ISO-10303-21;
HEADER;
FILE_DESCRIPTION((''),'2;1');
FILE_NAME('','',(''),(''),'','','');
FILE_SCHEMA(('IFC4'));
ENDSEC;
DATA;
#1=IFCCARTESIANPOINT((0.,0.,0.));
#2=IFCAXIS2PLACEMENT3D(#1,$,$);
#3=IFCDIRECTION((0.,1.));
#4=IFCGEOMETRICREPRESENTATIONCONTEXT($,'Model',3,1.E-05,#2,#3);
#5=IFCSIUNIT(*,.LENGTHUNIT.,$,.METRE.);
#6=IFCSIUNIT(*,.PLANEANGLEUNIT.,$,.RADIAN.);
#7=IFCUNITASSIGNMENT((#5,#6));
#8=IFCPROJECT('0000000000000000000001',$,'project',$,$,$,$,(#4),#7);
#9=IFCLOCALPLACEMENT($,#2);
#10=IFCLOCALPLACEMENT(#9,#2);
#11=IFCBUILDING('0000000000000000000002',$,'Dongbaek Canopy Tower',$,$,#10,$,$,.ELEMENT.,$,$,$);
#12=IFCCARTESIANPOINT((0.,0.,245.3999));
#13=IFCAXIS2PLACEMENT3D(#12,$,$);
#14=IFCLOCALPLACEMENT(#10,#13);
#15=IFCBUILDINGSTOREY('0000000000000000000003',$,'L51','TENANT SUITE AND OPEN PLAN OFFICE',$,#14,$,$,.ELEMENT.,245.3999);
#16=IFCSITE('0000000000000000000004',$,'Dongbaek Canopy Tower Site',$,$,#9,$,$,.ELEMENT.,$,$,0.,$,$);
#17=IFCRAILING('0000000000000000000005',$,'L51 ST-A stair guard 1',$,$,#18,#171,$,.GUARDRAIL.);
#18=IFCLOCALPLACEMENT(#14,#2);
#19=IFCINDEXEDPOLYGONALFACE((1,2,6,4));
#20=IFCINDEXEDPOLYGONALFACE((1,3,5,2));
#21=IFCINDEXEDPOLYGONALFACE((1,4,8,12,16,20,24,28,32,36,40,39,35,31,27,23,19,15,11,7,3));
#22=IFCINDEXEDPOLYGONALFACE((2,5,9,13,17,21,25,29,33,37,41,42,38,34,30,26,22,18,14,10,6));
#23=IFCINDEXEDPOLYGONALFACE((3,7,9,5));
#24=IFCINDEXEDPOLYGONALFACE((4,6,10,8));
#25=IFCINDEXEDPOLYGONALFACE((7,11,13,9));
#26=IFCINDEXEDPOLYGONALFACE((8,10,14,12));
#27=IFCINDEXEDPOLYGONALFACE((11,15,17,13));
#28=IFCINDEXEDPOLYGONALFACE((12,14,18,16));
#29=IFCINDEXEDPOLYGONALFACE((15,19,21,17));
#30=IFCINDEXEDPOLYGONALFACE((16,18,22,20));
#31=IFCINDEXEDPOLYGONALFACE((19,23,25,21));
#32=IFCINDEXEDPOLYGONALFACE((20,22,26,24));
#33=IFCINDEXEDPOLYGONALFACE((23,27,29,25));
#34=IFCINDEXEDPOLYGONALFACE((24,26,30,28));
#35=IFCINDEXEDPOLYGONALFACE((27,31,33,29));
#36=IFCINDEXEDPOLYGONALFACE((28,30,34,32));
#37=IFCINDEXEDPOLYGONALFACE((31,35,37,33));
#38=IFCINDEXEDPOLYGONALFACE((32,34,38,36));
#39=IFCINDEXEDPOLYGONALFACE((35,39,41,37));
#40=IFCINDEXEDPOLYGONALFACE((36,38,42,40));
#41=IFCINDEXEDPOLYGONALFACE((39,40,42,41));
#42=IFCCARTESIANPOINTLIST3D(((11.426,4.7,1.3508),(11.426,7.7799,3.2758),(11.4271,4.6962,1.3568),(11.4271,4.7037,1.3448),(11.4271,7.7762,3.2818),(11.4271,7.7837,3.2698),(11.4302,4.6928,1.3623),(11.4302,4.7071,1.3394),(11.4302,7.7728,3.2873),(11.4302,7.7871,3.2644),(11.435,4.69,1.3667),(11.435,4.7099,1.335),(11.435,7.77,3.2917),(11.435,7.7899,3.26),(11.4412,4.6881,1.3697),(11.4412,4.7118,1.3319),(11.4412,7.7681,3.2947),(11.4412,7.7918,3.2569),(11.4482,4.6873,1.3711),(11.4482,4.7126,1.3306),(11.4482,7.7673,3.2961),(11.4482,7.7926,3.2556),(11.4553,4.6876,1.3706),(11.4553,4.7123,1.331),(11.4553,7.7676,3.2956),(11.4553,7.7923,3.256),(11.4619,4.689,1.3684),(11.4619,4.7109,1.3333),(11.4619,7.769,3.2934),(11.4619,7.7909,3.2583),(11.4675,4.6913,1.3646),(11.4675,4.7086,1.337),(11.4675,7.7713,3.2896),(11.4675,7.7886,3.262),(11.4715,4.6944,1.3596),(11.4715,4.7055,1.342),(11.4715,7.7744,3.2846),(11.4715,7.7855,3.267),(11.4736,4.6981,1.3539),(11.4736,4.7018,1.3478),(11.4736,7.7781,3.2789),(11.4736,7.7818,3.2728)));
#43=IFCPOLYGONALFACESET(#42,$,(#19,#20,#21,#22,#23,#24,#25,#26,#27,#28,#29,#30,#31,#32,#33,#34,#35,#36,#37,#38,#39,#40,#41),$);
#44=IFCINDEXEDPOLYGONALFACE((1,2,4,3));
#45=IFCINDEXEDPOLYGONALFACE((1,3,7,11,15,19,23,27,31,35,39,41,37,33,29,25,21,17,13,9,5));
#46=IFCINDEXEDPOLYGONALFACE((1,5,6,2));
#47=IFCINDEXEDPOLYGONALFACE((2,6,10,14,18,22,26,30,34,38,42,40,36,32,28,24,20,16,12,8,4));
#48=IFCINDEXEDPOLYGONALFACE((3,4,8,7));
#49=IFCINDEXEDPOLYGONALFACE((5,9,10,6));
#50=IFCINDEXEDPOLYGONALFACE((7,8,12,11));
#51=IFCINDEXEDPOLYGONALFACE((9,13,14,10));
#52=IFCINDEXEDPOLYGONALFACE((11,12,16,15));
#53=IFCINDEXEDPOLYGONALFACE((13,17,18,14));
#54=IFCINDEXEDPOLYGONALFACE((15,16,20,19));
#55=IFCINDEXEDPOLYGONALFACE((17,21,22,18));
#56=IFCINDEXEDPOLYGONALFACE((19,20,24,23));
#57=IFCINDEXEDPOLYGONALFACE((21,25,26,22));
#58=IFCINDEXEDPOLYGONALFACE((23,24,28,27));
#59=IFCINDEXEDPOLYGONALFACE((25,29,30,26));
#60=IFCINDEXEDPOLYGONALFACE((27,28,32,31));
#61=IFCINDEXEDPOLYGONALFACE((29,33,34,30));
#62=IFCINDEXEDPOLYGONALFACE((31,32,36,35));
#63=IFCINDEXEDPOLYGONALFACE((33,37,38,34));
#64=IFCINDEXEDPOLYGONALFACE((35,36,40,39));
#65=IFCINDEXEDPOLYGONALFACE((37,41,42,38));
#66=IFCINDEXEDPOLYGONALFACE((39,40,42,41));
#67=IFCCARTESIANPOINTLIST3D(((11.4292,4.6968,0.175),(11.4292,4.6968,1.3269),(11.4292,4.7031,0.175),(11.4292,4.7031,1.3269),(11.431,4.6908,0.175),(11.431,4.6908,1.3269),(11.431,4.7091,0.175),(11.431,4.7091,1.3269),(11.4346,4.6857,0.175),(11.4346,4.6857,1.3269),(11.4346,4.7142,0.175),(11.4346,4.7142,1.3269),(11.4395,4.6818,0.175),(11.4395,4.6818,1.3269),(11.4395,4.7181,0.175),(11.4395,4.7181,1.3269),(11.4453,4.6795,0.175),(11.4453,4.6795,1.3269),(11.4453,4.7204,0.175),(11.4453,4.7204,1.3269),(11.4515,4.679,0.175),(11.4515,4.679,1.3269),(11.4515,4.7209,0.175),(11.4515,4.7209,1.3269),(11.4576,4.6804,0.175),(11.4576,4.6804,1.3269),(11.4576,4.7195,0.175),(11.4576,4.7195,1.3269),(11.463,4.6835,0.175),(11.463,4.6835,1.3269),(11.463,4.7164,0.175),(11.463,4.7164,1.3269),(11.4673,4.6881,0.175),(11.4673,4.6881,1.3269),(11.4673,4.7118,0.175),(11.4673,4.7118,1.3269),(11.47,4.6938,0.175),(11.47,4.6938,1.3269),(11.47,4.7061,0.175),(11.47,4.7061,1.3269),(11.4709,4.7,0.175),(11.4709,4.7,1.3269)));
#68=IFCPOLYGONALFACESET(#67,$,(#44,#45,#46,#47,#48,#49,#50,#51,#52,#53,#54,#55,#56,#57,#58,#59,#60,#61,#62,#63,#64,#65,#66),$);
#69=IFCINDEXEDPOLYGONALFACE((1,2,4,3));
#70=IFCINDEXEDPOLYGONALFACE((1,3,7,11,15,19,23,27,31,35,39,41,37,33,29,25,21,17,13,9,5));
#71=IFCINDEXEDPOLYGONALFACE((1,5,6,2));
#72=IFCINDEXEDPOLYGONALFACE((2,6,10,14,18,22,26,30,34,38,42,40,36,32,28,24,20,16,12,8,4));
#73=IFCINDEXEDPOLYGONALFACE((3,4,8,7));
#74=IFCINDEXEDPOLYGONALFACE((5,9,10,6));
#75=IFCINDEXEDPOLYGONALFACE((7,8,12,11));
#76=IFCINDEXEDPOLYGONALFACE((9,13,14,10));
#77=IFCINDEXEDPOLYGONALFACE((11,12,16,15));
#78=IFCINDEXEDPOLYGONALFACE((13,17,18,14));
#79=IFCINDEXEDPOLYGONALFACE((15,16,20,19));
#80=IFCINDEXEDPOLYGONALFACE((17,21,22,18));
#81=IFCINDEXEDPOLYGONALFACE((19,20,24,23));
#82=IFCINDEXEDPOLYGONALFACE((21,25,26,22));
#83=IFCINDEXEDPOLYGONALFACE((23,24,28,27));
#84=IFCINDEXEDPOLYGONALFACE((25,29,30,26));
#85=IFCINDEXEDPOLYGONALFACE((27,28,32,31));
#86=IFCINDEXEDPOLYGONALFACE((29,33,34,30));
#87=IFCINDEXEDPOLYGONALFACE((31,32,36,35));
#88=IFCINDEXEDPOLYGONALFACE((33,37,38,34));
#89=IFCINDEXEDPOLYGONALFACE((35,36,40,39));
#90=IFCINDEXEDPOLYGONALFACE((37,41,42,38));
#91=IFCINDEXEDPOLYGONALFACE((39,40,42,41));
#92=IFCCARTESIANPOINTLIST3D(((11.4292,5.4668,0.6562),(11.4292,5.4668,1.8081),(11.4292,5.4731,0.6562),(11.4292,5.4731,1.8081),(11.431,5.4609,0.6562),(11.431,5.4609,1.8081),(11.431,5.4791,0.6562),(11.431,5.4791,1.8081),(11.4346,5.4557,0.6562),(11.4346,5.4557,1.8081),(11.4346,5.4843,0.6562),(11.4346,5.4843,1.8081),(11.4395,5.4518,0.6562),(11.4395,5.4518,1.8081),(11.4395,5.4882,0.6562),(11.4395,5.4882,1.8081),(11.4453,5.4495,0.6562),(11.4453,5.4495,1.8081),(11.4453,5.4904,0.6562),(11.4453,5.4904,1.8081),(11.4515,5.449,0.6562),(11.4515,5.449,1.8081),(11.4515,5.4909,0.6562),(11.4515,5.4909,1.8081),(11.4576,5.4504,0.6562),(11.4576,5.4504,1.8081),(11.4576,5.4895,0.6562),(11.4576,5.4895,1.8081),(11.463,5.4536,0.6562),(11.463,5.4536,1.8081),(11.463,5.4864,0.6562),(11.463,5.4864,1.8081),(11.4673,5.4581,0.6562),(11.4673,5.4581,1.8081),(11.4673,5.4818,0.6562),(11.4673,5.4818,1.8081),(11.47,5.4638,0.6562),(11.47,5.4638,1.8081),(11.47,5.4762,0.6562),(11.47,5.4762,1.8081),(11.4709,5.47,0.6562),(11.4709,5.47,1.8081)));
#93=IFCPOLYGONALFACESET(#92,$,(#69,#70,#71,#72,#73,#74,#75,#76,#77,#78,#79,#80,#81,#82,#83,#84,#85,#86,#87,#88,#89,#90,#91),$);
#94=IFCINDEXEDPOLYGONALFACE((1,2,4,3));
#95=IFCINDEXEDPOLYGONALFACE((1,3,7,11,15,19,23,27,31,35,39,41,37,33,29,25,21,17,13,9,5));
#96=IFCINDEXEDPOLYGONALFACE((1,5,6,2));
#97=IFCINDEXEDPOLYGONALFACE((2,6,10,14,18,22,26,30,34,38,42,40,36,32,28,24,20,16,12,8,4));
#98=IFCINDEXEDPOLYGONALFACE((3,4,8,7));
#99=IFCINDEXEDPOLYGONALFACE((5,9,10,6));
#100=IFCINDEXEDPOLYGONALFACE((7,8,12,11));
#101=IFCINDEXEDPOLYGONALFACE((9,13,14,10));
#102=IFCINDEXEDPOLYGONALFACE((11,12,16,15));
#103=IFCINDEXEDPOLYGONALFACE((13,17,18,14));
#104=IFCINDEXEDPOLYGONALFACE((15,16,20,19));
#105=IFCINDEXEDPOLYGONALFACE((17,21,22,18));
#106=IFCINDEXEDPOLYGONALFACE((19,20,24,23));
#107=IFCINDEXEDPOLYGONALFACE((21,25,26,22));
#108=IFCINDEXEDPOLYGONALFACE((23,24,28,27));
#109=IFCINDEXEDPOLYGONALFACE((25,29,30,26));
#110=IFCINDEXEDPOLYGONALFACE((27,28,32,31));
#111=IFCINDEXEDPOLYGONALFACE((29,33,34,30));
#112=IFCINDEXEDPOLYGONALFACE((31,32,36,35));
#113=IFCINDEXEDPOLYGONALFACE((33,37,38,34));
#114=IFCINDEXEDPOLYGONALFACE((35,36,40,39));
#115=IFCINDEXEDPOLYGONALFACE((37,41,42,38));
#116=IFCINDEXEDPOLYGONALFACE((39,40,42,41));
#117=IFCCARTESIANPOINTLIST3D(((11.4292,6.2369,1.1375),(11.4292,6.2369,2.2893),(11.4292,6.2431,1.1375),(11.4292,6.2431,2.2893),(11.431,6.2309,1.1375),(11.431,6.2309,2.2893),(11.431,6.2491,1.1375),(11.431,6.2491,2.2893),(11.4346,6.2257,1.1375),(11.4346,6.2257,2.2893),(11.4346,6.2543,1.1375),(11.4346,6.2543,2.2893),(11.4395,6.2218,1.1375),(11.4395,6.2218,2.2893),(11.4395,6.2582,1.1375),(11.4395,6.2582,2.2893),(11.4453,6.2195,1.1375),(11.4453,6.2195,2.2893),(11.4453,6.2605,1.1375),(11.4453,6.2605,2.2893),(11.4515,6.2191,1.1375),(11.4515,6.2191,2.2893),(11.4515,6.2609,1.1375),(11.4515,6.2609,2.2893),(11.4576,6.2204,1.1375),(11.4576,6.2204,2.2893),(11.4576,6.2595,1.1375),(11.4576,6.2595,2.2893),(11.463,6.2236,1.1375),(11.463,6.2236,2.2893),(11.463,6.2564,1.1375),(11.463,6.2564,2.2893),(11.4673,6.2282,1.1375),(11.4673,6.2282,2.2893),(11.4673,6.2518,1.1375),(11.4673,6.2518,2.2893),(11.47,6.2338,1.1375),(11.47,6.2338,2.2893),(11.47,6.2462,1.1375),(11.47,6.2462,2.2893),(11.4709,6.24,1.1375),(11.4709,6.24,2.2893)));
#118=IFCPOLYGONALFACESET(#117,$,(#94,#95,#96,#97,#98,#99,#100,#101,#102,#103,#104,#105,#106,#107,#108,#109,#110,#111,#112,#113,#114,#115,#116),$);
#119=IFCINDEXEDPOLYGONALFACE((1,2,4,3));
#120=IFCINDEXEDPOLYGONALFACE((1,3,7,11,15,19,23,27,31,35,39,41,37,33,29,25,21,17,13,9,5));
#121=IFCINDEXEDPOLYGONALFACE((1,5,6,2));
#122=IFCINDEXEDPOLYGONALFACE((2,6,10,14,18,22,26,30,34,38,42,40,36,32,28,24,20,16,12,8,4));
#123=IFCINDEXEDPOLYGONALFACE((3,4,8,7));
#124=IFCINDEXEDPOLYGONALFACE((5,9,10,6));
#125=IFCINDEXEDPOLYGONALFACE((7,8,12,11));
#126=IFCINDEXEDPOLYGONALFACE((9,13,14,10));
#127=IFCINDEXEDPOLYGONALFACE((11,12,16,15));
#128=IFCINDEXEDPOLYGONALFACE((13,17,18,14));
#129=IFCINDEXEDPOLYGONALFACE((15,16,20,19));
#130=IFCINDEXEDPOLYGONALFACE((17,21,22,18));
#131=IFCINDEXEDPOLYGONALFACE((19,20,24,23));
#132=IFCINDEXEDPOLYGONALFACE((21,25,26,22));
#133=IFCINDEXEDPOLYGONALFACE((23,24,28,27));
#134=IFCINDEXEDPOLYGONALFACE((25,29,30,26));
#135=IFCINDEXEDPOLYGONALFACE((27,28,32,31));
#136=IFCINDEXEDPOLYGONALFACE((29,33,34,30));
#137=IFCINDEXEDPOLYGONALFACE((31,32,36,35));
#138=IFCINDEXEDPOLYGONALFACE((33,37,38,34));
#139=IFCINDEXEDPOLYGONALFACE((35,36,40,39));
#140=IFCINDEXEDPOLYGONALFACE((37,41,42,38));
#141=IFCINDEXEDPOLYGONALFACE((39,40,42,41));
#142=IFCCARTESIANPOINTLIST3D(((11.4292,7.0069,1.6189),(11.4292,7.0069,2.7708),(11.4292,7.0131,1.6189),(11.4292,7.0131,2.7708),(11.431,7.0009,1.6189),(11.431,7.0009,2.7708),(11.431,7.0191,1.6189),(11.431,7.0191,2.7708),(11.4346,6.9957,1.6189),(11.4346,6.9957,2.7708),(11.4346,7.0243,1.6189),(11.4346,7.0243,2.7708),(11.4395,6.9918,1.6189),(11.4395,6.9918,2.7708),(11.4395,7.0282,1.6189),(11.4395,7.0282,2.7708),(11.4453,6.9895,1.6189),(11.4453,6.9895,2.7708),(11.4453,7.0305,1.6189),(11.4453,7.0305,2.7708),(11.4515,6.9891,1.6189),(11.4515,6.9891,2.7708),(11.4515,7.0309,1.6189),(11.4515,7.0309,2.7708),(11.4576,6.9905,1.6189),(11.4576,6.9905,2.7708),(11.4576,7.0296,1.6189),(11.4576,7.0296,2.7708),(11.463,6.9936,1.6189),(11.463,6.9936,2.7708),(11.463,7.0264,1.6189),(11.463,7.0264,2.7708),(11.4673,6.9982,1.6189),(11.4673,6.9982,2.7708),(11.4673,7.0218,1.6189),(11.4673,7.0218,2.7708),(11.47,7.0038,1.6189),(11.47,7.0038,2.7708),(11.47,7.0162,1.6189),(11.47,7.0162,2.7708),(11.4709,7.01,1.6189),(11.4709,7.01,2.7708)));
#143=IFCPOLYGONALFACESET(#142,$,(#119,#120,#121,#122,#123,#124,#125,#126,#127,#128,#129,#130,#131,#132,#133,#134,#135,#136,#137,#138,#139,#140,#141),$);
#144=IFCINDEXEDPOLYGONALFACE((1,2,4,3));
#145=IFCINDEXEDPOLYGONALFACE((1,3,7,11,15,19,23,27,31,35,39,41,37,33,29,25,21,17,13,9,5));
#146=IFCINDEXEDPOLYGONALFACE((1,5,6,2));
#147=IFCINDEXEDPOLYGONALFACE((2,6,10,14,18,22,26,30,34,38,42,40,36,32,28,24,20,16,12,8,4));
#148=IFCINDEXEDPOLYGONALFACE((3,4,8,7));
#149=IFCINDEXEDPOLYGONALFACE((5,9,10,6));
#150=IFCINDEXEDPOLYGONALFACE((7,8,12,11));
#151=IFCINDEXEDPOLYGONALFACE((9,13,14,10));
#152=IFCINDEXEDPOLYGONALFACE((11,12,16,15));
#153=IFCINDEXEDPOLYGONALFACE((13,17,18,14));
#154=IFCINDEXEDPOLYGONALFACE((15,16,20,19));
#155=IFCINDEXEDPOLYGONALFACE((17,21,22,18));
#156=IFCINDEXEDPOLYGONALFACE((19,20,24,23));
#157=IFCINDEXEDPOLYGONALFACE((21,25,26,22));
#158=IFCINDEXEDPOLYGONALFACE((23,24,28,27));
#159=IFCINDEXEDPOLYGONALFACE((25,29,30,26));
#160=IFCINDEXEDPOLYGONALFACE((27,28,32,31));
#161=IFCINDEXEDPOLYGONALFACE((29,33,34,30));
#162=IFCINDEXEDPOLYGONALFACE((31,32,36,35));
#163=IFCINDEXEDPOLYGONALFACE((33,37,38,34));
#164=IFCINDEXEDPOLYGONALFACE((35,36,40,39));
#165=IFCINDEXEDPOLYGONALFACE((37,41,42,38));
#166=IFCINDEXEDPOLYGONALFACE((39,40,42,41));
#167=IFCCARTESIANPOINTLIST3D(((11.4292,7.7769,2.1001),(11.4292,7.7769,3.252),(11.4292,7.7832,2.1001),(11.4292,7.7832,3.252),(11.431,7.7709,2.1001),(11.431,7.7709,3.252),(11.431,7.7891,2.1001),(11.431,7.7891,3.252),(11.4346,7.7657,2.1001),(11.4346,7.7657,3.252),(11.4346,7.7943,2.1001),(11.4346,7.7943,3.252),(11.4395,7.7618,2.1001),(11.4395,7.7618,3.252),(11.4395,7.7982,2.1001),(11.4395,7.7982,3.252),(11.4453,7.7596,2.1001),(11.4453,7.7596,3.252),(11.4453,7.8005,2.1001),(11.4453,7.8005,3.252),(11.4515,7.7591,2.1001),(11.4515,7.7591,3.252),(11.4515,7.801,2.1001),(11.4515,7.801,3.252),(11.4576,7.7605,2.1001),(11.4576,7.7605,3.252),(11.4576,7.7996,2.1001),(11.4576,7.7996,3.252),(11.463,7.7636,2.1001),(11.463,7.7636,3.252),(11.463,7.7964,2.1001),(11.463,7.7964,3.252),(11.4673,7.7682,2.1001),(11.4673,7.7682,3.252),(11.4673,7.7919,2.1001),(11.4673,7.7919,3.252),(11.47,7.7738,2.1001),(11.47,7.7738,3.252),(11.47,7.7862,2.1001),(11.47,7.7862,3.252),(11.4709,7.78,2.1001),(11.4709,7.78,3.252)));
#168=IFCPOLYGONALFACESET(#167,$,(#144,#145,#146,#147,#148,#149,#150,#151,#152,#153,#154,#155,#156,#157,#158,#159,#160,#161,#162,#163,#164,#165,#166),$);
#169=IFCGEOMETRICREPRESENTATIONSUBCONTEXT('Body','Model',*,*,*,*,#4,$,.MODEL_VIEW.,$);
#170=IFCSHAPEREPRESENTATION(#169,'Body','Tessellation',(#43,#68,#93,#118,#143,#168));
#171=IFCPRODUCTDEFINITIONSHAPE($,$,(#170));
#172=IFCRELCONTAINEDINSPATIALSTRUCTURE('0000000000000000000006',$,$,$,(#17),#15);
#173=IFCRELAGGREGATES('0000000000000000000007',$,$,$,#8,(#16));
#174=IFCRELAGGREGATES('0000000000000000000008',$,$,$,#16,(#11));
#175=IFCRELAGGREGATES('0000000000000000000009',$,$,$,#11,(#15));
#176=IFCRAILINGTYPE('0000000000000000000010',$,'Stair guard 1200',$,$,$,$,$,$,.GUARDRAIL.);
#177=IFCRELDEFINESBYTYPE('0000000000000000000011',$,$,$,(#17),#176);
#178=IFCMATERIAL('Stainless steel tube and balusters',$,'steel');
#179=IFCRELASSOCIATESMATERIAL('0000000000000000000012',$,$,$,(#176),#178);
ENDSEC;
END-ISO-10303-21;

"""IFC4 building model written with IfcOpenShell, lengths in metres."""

from ifc_helpers import new_model, si_unit, direction, frame, origin, origin_2d, place, context, subcontext, project, spatial, circle, extrude, material, type_object, element, save


model = new_model("IFC4")

# Units and contexts
model_context = context("Model", 3, precision=1e-05, world=origin(), true_north=direction((0.0, 1.0)))
body_context = subcontext(model_context, "Body", "Model", "MODEL_VIEW")
ifc_project = project(units=[si_unit("LENGTHUNIT", "METRE"), si_unit("PLANEANGLEUNIT", "RADIAN")], contexts=[model_context])

# Site, building, storey
site_placement = place(None, origin())
site = spatial("IfcSite", under=ifc_project, at=site_placement, Name="Dongbaek Canopy Tower Site", CompositionType="ELEMENT", RefElevation=0.0)
building_placement = place(site_placement, origin())
building = spatial("IfcBuilding", under=site, at=building_placement, Name="Dongbaek Canopy Tower", CompositionType="ELEMENT")
storey_placement = place(building_placement, frame((0.0, 0.0, 245.3999)))
storey = spatial("IfcBuildingStorey", under=building, at=storey_placement, Name="L51", Description="TENANT SUITE AND OPEN PLAN OFFICE", CompositionType="ELEMENT", Elevation=245.3999)

# Railing
ifc_material_1 = material(Name="Stainless steel tube and balusters", Category="steel")
railing_type_1 = type_object("IfcRailingType", Name="Stair guard 1200", PredefinedType="GUARDRAIL", material=ifc_material_1)
railing_1_placement = place(storey_placement, frame((11.45, 4.7, 0.175)))
element("IfcRailing", 1, at=railing_1_placement, inside=storey, type_object=railing_type_1, Name="L51 ST-A stair guard 1", PredefinedType="GUARDRAIL", context=body_context, shape_type="SweptSolid", body=[
    extrude(circle(Radius=0.0239, at=origin_2d()), frame((0.0, 0.0, 1.1758), z_axis=(0.0, 0.847998, 0.529999), x_axis=(-1.0, 0.0, 0.0)), (0.0, 0.0, 1.0), 3.6321),
    extrude(circle(Radius=0.021, at=origin_2d()), origin(), (0.0, 0.0, 1.0), 1.1519),
    extrude(circle(Radius=0.021, at=origin_2d()), frame((0.0, 0.77, 0.4812)), (0.0, 0.0, 1.0), 1.1519),
    extrude(circle(Radius=0.021, at=origin_2d()), frame((0.0, 1.54, 0.9624)), (0.0, 0.0, 1.0), 1.1519),
    extrude(circle(Radius=0.021, at=origin_2d()), frame((0.0, 2.3101, 1.4438)), (0.0, 0.0, 1.0), 1.1519),
    extrude(circle(Radius=0.021, at=origin_2d()), frame((0.0, 3.0801, 1.925)), (0.0, 0.0, 1.0), 1.1519),
])

save(model, "model.ifc")
